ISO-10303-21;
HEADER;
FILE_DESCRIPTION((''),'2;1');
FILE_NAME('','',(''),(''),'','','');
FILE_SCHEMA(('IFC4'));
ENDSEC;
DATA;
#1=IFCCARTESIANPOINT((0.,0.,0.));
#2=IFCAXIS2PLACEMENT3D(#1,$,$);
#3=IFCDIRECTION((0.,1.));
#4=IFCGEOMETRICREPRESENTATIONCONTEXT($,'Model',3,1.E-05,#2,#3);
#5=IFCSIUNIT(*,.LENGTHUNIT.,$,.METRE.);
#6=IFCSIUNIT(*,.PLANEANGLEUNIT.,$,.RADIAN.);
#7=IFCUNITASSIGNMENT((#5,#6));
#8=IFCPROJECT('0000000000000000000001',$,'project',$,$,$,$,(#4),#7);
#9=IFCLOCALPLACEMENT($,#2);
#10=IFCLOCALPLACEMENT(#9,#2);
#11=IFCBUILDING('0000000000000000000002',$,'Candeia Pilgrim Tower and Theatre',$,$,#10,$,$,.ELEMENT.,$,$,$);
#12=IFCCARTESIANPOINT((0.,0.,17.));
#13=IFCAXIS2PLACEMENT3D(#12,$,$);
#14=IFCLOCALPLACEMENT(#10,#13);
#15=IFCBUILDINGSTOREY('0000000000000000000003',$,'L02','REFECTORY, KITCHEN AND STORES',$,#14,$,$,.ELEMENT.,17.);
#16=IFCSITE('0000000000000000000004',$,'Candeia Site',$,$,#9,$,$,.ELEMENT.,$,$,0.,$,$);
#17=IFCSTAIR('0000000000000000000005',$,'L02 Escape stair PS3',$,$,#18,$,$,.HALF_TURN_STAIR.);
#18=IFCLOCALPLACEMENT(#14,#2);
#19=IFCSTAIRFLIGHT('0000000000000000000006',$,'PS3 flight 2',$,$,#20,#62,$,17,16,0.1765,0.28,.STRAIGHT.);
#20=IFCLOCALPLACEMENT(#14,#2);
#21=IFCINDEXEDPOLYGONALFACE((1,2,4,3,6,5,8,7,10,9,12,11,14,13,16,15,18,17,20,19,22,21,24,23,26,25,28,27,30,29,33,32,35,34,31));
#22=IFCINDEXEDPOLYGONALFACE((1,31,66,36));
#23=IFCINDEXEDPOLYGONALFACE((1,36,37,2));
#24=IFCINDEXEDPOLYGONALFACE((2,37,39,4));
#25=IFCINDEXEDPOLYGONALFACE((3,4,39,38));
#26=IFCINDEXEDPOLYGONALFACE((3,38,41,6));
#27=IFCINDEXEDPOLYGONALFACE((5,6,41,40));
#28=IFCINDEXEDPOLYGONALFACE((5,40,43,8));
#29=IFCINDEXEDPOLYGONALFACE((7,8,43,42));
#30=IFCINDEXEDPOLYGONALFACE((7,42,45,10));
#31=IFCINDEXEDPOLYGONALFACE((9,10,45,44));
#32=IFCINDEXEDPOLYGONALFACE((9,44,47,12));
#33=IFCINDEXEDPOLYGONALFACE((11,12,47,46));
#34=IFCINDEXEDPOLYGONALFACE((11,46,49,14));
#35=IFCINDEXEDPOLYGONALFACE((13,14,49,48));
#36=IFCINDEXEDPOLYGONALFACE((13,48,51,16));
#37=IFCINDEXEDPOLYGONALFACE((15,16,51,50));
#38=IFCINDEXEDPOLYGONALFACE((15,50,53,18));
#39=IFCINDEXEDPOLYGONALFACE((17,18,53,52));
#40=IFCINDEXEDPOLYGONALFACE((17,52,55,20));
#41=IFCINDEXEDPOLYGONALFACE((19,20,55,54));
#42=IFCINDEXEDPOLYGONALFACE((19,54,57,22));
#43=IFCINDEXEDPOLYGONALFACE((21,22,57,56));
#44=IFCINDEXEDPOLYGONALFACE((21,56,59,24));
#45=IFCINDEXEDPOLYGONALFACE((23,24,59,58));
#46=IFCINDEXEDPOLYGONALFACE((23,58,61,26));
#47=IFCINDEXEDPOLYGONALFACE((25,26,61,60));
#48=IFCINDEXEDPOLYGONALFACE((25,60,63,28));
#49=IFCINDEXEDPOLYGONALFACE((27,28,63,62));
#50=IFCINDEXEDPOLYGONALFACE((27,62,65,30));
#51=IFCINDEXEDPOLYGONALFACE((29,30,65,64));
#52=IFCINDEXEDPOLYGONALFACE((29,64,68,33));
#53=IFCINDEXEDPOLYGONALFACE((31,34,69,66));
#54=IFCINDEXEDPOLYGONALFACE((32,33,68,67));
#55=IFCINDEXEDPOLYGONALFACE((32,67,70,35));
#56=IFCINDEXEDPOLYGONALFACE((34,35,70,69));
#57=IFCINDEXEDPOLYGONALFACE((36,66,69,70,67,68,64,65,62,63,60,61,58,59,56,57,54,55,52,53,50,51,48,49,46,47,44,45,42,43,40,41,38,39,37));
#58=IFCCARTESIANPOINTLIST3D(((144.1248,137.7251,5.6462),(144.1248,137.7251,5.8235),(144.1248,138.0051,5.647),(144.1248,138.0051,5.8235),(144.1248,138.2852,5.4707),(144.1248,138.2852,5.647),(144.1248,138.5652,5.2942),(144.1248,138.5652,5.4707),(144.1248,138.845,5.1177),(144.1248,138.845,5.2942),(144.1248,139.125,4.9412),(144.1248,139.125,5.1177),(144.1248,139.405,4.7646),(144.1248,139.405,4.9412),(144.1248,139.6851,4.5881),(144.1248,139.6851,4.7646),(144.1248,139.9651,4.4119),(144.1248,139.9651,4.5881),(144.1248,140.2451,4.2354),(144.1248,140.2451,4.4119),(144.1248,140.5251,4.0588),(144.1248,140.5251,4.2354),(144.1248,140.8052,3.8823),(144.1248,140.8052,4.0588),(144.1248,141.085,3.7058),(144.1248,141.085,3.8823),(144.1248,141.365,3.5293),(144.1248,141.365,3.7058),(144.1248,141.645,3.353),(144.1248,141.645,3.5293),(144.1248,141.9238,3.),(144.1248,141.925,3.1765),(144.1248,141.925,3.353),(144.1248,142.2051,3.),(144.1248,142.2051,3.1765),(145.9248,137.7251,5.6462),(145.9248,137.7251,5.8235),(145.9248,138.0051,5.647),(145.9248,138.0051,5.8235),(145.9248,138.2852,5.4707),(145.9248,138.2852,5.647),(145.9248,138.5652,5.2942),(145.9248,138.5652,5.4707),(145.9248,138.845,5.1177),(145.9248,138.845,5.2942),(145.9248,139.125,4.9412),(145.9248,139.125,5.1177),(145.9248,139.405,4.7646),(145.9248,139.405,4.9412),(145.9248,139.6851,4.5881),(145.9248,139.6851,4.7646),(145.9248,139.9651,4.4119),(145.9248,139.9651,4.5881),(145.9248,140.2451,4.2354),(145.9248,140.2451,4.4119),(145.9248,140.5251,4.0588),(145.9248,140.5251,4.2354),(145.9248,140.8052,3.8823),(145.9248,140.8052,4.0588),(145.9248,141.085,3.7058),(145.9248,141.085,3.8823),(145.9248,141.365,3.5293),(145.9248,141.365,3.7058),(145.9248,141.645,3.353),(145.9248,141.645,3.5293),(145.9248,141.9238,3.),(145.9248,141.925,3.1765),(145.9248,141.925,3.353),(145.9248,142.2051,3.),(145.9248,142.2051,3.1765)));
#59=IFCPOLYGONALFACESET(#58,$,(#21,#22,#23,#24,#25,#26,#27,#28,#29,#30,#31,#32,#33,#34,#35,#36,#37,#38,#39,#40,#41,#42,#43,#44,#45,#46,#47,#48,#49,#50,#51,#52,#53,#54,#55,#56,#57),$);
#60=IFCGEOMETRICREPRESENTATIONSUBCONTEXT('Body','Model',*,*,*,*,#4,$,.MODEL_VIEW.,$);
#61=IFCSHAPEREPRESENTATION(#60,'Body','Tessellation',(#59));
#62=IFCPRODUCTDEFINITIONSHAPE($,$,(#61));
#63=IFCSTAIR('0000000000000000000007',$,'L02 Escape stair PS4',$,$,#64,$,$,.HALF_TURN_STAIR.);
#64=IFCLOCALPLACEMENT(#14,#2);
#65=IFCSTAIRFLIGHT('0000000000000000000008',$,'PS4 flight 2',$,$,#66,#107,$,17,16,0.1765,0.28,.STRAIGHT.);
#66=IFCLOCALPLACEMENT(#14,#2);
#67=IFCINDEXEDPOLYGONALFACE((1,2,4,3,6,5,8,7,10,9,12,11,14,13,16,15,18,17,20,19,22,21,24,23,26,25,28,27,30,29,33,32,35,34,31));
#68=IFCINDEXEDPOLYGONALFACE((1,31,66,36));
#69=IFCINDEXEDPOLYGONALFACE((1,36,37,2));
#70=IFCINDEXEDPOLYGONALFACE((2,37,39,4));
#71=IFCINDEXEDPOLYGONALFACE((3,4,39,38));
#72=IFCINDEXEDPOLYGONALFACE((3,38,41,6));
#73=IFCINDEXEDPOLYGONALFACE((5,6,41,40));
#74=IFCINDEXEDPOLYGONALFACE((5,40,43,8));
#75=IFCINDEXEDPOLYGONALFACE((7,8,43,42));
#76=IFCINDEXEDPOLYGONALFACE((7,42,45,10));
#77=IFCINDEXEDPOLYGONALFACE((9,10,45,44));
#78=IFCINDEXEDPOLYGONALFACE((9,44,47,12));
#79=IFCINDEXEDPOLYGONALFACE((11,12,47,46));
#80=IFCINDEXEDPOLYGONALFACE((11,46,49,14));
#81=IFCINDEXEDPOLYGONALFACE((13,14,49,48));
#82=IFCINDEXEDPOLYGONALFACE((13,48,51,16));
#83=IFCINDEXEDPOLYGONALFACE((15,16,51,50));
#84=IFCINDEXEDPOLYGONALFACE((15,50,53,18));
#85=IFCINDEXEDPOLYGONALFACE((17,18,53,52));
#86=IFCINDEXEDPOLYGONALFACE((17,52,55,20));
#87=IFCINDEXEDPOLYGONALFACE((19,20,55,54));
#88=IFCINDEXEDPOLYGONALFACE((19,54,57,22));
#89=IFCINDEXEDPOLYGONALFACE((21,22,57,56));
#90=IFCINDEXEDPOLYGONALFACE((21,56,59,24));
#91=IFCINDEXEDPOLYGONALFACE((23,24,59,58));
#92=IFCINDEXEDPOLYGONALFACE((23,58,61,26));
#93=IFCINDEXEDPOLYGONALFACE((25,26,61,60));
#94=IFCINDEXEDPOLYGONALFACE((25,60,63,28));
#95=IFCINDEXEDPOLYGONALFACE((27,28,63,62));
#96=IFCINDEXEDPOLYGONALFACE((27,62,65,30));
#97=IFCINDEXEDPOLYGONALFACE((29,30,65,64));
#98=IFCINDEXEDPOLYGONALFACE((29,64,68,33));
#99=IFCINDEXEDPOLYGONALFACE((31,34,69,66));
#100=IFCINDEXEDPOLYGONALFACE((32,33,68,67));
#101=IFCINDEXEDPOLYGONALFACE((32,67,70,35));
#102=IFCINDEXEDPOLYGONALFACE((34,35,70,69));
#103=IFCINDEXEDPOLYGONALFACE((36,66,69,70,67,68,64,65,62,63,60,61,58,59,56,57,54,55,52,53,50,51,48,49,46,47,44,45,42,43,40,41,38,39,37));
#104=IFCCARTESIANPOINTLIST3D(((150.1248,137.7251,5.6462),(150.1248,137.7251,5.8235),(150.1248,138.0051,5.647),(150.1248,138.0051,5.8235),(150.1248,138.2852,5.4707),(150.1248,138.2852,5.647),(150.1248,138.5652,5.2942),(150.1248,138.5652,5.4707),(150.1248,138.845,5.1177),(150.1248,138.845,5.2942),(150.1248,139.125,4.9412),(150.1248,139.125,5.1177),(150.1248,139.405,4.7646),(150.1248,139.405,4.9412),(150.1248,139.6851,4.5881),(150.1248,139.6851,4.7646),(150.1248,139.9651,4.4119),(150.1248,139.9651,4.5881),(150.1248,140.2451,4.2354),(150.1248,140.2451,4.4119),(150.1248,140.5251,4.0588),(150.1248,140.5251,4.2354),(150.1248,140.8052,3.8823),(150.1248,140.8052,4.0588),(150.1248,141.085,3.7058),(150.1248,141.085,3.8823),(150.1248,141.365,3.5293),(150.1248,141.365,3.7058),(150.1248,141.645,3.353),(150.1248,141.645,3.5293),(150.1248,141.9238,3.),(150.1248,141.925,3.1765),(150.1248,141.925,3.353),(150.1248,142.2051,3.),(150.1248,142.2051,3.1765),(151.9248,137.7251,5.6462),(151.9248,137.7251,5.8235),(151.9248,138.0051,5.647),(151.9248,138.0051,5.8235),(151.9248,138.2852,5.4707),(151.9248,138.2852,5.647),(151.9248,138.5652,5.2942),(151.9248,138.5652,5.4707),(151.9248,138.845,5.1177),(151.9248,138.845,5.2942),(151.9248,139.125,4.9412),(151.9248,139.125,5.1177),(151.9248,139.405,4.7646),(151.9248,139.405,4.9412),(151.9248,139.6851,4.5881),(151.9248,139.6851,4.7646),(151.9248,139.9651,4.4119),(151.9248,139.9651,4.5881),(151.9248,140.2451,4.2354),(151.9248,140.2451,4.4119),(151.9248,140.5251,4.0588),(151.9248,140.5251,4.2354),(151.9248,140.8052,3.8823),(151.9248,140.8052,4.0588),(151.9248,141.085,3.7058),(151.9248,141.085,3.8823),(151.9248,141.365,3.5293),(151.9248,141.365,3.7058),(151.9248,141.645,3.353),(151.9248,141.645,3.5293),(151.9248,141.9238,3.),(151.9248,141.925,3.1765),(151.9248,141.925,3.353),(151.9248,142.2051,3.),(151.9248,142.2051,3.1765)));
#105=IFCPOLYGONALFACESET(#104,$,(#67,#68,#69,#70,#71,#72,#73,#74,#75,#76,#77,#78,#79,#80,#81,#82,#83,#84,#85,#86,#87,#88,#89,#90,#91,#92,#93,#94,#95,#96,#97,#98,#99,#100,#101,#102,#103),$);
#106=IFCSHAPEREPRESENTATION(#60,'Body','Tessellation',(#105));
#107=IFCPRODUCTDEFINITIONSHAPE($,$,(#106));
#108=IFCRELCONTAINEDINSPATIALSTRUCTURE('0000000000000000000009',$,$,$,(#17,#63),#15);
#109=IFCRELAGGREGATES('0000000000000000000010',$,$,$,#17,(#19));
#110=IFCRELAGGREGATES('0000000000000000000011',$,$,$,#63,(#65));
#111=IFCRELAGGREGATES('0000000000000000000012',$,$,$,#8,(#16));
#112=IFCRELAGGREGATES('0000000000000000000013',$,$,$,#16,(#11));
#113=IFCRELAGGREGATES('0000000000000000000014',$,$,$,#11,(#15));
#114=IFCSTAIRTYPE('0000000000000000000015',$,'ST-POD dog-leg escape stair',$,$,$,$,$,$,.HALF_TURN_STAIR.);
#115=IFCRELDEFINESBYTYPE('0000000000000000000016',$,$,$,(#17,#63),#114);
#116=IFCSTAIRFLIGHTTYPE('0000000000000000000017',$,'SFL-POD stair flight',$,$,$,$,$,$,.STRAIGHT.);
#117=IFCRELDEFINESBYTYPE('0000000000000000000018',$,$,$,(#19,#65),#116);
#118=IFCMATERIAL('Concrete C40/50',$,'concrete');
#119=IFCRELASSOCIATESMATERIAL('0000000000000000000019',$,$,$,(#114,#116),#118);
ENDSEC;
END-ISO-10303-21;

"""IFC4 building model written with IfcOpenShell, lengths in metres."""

from ifc_helpers import new_model, si_unit, direction, frame, origin, place, context, subcontext, project, spatial, polyline, outline, extrude, material, type_object, element, aggregate, save


model = new_model("IFC4")

# Units and contexts
model_context = context("Model", 3, precision=1e-05, world=origin(), true_north=direction((0.0, 1.0)))
body_context = subcontext(model_context, "Body", "Model", "MODEL_VIEW")
ifc_project = project(units=[si_unit("LENGTHUNIT", "METRE"), si_unit("PLANEANGLEUNIT", "RADIAN")], contexts=[model_context])

# Site, building, storey
site_placement = place(None, origin())
site = spatial("IfcSite", under=ifc_project, at=site_placement, Name="Candeia Site", CompositionType="ELEMENT", RefElevation=0.0)
building_placement = place(site_placement, origin())
building = spatial("IfcBuilding", under=site, at=building_placement, Name="Candeia Pilgrim Tower and Theatre", CompositionType="ELEMENT")
storey_placement = place(building_placement, frame((0.0, 0.0, 17.0)))
storey = spatial("IfcBuildingStorey", under=building, at=storey_placement, Name="L02", Description="REFECTORY, KITCHEN AND STORES", CompositionType="ELEMENT", Elevation=17.0)

# Shared definitions
ifc_material_1 = material(Name="Concrete C40/50", Category="concrete")

# Stairs, stair flights
stair_type = type_object("IfcStairType", Name="ST-POD dog-leg escape stair", PredefinedType="HALF_TURN_STAIR", material=ifc_material_1)
stair_1_placement = place(storey_placement, origin())
stair_1 = element("IfcStair", 1, at=stair_1_placement, inside=storey, type_object=stair_type, Name="L02 Escape stair PS3", PredefinedType="HALF_TURN_STAIR")
stair_flight_type = type_object("IfcStairFlightType", Name="SFL-POD stair flight", PredefinedType="STRAIGHT", material=ifc_material_1)
stair_flight_1_placement = place(storey_placement, frame((145.0249, 142.2051, 3.0), z_axis=(0.0, 0.0, 1.0), x_axis=(0.0, -1.0, 0.0)))
stair_flight_1 = element("IfcStairFlight", 2, at=stair_flight_1_placement, type_object=stair_flight_type, Name="PS3 flight 2", NumberOfRisers=17, NumberOfTreads=16, PredefinedType="STRAIGHT", RiserHeight=0.1765, TreadLength=0.28, context=body_context, shape_type="SweptSolid", body=[
    extrude(outline(polyline([(0.0, 0.0), (0.0, 0.1765), (0.28, 0.1765), (0.28, 0.353), (0.5601, 0.353), (0.5601, 0.5293), (0.8401, 0.5293), (0.8401, 0.7058), (1.1201, 0.7058), (1.1201, 0.8823), (1.3999, 0.8823), (1.3999, 1.0588), (1.6799, 1.0588), (1.6799, 1.2354), (1.96, 1.2354), (1.96, 1.4119), (2.24, 1.4119), (2.24, 1.5881), (2.52, 1.5881), (2.52, 1.7646), (2.8, 1.7646), (2.8, 1.9412), (3.0801, 1.9412), (3.0801, 2.1177), (3.3601, 2.1177), (3.3601, 2.2942), (3.6399, 2.2942), (3.6399, 2.4707), (3.9199, 2.4707), (3.9199, 2.647), (4.2, 2.647), (4.2, 2.8235), (4.48, 2.8235), (4.48, 3.0), (4.48, 2.6462), (0.2812, 0.0), (0.0, 0.0)])), frame((0.0, 0.8999, 0.0), z_axis=(0.0, -1.0, 0.0), x_axis=(1.0, 0.0, 0.0)), (0.0, 0.0, 1.0), 1.8),
])
aggregate(stair_1, [stair_flight_1])
stair_2_placement = place(storey_placement, origin())
stair_2 = element("IfcStair", 3, at=stair_2_placement, inside=storey, type_object=stair_type, Name="L02 Escape stair PS4", PredefinedType="HALF_TURN_STAIR")
stair_flight_2_placement = place(storey_placement, frame((151.0249, 142.2051, 3.0), z_axis=(0.0, 0.0, 1.0), x_axis=(0.0, -1.0, 0.0)))
stair_flight_2 = element("IfcStairFlight", 4, at=stair_flight_2_placement, type_object=stair_flight_type, Name="PS4 flight 2", NumberOfRisers=17, NumberOfTreads=16, PredefinedType="STRAIGHT", RiserHeight=0.1765, TreadLength=0.28, context=body_context, shape_type="SweptSolid", body=[
    extrude(outline(polyline([(0.0, 0.0), (0.0, 0.1765), (0.28, 0.1765), (0.28, 0.353), (0.5601, 0.353), (0.5601, 0.5293), (0.8401, 0.5293), (0.8401, 0.7058), (1.1201, 0.7058), (1.1201, 0.8823), (1.3999, 0.8823), (1.3999, 1.0588), (1.6799, 1.0588), (1.6799, 1.2354), (1.96, 1.2354), (1.96, 1.4119), (2.24, 1.4119), (2.24, 1.5881), (2.52, 1.5881), (2.52, 1.7646), (2.8, 1.7646), (2.8, 1.9412), (3.0801, 1.9412), (3.0801, 2.1177), (3.3601, 2.1177), (3.3601, 2.2942), (3.6399, 2.2942), (3.6399, 2.4707), (3.9199, 2.4707), (3.9199, 2.647), (4.2, 2.647), (4.2, 2.8235), (4.48, 2.8235), (4.48, 3.0), (4.48, 2.6462), (0.2812, 0.0), (0.0, 0.0)])), frame((0.0, 0.8999, 0.0), z_axis=(0.0, -1.0, 0.0), x_axis=(1.0, 0.0, 0.0)), (0.0, 0.0, 1.0), 1.8),
])
aggregate(stair_2, [stair_flight_2])

save(model, "model.ifc")
